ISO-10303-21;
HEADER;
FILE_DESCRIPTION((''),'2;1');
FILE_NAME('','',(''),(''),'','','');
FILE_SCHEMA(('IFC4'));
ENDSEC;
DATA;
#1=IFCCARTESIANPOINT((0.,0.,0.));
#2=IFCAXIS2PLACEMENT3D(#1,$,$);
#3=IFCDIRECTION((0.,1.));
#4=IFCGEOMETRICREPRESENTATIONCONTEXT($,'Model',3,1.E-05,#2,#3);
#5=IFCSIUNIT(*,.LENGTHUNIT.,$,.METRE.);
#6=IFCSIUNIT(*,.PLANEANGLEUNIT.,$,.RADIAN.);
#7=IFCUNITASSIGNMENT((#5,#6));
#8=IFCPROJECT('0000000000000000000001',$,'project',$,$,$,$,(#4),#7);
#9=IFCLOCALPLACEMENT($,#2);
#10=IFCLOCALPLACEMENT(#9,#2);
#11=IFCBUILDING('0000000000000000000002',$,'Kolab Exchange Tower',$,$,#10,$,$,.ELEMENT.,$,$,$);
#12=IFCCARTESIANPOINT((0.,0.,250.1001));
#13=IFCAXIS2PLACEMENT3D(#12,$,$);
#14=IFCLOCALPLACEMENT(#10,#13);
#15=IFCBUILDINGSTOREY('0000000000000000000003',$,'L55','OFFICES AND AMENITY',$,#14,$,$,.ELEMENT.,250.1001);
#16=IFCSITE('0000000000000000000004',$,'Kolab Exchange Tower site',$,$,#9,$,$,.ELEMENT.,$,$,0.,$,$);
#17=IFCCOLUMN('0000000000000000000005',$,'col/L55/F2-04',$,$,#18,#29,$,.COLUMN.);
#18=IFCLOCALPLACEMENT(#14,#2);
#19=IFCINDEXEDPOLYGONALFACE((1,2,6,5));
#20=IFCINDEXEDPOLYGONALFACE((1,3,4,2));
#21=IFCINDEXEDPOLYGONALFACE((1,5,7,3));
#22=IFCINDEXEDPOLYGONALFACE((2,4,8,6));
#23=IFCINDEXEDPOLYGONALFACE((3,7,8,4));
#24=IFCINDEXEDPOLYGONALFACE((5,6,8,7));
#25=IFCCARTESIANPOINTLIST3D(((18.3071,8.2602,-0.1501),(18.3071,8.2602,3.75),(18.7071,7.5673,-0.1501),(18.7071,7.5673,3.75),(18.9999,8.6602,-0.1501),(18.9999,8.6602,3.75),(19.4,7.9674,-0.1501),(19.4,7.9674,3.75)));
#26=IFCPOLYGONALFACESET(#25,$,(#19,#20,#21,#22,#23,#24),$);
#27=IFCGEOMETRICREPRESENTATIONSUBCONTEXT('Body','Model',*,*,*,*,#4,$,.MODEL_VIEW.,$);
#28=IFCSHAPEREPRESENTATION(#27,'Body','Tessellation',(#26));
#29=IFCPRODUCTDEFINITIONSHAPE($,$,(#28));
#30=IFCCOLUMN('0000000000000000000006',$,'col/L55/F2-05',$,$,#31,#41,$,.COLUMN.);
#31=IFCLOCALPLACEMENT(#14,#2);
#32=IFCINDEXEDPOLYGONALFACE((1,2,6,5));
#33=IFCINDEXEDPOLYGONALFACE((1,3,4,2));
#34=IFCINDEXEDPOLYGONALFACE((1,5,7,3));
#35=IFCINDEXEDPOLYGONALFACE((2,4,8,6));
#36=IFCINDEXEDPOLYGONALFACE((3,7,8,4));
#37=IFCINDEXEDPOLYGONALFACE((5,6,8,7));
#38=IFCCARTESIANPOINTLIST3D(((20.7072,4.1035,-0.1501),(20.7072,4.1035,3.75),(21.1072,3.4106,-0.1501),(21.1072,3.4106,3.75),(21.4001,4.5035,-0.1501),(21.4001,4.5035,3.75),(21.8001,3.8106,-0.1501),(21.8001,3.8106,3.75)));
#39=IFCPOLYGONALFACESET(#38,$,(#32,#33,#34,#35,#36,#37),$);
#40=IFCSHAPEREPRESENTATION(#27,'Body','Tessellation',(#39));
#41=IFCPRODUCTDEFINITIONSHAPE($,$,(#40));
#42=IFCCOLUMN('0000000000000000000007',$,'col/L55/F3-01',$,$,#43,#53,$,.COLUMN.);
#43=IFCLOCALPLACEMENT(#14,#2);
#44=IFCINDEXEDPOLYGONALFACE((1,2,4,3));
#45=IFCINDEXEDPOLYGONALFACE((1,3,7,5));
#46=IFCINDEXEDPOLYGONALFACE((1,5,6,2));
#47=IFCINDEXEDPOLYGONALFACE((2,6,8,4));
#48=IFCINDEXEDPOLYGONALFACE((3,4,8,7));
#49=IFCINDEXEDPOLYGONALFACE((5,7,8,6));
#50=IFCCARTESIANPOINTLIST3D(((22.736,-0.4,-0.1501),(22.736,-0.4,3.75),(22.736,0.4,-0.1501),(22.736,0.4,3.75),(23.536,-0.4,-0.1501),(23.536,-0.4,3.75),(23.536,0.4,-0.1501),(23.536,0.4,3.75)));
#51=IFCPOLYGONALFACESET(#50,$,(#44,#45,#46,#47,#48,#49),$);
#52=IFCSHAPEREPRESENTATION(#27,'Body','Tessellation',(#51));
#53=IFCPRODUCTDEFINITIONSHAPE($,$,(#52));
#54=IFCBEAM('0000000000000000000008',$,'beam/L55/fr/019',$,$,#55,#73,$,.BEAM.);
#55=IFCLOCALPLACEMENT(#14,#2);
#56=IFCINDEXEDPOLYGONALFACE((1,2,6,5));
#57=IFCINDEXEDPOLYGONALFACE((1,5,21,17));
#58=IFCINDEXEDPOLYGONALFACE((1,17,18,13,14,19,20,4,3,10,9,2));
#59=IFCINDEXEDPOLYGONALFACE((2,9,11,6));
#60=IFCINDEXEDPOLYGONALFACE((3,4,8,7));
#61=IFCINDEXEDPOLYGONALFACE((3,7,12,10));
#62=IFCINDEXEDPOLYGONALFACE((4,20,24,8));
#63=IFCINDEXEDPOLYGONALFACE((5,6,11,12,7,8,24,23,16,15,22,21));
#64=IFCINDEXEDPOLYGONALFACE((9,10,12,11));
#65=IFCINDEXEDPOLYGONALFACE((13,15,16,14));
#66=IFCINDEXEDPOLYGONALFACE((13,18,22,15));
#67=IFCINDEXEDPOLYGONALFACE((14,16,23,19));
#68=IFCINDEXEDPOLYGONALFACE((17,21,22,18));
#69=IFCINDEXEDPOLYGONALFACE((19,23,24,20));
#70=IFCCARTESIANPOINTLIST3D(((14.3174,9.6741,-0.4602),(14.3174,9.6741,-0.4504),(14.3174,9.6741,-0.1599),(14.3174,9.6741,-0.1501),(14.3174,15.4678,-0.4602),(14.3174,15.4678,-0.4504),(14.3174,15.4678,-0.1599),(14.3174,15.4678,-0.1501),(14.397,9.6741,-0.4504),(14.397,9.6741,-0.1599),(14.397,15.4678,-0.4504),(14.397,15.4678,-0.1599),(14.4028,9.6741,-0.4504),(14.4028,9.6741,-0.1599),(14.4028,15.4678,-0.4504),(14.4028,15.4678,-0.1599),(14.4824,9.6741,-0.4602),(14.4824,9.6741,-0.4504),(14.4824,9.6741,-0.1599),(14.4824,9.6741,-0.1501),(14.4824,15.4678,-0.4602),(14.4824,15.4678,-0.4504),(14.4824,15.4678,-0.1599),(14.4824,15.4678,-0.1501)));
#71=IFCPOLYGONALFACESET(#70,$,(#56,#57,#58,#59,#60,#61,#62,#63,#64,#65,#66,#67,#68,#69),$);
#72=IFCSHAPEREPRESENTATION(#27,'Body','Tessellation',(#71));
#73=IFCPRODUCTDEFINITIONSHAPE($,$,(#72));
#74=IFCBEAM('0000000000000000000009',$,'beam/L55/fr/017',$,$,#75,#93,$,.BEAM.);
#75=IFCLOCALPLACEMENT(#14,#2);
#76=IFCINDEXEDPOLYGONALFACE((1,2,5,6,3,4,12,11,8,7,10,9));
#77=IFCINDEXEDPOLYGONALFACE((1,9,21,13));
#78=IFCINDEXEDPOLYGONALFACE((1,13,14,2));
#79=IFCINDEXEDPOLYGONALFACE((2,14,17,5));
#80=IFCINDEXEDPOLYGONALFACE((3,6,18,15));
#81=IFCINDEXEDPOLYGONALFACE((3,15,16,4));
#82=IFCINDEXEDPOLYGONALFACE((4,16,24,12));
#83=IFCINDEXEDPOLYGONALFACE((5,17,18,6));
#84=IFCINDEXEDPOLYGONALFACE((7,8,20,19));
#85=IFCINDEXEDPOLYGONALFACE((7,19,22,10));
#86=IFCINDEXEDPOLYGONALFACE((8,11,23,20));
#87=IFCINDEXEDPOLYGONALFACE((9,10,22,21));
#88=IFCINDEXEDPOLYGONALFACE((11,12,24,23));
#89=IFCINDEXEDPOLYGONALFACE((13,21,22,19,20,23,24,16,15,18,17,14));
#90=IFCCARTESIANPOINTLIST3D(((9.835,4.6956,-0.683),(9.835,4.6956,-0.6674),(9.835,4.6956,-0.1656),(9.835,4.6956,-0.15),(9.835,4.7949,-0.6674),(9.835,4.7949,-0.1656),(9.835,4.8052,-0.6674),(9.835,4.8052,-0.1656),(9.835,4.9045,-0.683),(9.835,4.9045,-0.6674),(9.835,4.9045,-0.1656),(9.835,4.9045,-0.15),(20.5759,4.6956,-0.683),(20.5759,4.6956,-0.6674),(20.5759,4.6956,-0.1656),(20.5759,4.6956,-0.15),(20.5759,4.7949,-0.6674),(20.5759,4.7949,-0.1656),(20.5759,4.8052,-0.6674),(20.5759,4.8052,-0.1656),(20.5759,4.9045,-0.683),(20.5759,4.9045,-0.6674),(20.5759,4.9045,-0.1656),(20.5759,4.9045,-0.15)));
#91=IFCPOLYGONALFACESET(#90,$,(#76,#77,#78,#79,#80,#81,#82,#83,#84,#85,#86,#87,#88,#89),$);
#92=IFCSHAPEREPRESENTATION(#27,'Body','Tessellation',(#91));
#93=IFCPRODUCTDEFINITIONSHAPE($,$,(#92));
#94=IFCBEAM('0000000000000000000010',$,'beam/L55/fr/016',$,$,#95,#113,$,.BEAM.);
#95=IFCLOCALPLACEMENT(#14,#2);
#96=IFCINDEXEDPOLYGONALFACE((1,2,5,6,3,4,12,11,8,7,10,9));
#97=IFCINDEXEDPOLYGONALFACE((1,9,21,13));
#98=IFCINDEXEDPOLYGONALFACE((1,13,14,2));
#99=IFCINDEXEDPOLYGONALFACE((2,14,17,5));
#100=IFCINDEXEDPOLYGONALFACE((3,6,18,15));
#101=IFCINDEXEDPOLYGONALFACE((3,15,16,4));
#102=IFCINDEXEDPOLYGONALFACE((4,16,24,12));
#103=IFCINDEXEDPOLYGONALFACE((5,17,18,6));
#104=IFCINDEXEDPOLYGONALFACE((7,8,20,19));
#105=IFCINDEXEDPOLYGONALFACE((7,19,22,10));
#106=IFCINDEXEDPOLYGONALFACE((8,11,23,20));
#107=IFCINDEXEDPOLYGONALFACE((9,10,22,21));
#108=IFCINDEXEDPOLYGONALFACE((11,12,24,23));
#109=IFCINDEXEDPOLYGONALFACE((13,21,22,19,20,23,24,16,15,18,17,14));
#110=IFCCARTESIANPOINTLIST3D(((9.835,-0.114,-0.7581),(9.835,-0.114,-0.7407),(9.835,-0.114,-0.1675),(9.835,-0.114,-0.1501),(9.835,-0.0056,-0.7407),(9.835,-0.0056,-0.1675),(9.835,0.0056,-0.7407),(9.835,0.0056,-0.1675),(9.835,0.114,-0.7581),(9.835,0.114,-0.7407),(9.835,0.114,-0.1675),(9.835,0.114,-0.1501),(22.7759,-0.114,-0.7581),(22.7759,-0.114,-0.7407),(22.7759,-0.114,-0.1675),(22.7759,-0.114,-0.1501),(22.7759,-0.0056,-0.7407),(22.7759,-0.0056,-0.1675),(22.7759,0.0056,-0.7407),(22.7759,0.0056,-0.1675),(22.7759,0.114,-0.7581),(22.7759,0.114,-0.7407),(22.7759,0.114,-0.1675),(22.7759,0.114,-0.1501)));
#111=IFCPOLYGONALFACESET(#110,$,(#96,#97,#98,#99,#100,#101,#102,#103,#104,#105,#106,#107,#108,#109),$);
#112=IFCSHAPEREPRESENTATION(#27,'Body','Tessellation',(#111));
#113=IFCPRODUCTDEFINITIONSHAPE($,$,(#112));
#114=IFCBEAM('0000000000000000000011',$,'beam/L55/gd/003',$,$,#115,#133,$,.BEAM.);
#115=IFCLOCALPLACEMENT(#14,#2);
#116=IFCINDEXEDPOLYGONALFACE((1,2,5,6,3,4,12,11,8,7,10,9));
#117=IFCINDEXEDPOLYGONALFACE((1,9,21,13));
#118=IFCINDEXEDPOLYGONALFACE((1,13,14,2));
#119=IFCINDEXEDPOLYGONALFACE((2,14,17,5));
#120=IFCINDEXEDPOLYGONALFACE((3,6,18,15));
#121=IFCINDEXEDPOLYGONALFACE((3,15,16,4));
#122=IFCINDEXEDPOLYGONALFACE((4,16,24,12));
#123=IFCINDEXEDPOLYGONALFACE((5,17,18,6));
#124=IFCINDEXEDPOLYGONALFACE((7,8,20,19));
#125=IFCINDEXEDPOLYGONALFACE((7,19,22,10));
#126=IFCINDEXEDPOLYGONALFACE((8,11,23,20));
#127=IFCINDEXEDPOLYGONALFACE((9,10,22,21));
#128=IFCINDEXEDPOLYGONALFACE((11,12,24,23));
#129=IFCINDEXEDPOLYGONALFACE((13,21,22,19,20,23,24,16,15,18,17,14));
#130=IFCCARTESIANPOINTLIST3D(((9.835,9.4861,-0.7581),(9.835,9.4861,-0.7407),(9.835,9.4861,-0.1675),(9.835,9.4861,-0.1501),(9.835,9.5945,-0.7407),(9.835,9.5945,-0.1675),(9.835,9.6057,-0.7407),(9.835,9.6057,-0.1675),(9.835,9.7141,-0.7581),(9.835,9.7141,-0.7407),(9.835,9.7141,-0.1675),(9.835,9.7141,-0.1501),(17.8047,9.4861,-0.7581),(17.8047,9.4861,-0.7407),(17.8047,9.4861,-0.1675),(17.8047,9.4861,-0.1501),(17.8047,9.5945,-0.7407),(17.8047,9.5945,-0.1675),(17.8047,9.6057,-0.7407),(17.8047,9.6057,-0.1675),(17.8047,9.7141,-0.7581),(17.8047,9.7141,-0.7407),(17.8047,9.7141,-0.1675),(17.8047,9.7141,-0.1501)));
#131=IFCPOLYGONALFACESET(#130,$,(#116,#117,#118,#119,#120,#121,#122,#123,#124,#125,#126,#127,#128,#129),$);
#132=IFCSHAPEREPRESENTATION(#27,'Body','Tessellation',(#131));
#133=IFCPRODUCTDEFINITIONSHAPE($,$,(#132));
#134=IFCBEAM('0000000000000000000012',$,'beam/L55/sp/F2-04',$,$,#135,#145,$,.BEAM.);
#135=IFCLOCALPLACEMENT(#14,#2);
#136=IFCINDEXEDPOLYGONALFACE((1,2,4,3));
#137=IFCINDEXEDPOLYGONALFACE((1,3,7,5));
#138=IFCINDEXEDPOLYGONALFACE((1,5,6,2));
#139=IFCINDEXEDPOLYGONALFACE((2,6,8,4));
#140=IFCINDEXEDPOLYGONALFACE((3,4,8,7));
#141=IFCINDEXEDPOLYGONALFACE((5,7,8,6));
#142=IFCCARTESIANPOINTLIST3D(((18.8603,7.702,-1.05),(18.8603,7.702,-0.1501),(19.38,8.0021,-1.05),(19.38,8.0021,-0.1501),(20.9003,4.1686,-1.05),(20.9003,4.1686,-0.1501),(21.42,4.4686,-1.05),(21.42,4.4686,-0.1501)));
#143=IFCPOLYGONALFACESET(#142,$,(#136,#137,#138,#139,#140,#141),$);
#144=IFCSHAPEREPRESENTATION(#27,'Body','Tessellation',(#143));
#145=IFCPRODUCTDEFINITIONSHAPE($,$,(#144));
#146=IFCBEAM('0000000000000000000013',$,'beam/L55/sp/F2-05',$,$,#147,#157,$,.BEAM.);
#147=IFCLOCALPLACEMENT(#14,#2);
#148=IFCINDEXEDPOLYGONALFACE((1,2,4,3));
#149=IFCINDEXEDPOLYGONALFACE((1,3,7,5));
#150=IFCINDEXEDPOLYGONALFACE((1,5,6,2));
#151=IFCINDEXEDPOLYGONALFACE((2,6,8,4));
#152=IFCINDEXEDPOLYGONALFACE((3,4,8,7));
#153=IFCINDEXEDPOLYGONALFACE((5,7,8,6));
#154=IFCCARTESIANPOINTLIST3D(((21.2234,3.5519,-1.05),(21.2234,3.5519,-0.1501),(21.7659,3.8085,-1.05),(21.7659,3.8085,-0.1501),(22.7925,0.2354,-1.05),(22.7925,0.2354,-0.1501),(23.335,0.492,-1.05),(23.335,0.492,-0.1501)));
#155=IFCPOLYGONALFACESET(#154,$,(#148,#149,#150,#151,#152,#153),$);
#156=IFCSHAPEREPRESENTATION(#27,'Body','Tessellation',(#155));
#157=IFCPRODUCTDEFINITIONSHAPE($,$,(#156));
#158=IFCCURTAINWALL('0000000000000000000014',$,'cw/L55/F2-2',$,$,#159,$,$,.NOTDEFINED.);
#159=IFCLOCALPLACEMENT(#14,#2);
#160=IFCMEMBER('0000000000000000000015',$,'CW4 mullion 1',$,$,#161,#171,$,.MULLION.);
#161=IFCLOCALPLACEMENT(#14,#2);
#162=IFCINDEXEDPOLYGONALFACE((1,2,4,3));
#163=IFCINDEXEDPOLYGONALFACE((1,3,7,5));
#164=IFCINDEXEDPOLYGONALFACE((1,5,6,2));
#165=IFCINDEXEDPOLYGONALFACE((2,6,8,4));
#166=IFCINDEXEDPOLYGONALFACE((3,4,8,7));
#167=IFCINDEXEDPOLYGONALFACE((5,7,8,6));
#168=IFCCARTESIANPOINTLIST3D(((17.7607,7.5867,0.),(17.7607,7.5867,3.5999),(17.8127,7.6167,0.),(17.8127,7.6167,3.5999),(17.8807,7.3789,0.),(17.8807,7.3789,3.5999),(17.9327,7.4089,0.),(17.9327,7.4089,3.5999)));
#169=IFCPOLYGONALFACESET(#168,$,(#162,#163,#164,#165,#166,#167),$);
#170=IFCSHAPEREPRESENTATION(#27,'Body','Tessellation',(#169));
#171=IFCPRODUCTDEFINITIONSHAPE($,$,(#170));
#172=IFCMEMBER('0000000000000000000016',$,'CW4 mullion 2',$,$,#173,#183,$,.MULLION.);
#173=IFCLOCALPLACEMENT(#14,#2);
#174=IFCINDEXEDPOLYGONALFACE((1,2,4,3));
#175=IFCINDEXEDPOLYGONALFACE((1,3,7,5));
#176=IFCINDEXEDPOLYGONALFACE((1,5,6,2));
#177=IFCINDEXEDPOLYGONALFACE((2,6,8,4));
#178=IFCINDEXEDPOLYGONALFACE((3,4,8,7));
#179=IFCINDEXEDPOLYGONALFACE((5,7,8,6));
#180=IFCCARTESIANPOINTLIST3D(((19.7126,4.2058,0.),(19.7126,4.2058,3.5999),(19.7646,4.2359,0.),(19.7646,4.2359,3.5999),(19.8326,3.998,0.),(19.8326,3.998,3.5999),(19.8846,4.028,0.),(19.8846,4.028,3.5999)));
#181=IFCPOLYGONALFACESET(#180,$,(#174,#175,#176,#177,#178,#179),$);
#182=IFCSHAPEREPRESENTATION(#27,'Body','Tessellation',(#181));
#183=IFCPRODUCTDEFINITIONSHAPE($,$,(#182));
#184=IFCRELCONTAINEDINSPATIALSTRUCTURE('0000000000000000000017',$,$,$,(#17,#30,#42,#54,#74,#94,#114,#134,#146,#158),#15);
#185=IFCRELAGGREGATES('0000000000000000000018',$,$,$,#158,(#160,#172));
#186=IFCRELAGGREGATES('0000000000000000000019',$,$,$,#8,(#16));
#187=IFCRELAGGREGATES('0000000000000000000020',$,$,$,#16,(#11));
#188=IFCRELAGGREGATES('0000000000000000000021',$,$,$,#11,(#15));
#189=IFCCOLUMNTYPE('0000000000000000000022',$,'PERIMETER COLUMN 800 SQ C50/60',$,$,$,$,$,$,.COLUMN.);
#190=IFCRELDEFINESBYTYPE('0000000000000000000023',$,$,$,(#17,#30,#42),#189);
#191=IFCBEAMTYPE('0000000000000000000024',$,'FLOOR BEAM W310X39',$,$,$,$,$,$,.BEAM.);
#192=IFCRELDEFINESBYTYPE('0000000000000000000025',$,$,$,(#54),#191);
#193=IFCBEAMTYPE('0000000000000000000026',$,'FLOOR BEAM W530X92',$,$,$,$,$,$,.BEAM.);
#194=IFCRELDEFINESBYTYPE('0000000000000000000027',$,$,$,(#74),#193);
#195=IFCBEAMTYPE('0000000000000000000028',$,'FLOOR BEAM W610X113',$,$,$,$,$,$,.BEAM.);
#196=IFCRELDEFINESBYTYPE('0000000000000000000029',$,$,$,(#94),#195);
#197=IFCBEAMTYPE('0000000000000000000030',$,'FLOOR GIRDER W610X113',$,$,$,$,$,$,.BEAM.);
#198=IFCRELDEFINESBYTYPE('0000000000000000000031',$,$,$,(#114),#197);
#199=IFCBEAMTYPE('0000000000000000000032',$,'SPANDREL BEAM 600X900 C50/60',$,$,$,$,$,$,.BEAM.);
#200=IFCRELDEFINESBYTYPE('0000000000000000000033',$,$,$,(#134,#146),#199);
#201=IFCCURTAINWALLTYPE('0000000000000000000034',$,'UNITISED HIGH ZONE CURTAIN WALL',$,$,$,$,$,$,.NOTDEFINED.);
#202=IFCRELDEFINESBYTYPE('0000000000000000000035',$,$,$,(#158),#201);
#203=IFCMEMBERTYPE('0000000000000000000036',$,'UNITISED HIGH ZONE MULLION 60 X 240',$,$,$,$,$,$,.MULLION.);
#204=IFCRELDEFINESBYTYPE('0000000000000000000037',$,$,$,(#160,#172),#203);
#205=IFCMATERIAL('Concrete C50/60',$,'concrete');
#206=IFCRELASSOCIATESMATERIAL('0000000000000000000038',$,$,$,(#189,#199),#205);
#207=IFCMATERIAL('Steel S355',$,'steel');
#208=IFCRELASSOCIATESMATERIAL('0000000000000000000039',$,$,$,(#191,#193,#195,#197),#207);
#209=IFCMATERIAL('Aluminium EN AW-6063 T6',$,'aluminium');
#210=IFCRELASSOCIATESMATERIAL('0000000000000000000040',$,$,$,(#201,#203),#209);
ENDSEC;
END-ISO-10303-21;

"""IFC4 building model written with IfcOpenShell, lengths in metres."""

from ifc_helpers import new_model, si_unit, direction, frame, origin, origin_2d, place, context, subcontext, project, spatial, rectangle, i_section, extrude, material, material_profile, profile_set, type_object, element, aggregate, save


model = new_model("IFC4")

# Units and contexts
model_context = context("Model", 3, precision=1e-05, world=origin(), true_north=direction((0.0, 1.0)))
body_context = subcontext(model_context, "Body", "Model", "MODEL_VIEW")
ifc_project = project(units=[si_unit("LENGTHUNIT", "METRE"), si_unit("PLANEANGLEUNIT", "RADIAN")], contexts=[model_context])

# Site, building, storey
site_placement = place(None, origin())
site = spatial("IfcSite", under=ifc_project, at=site_placement, Name="Kolab Exchange Tower site", CompositionType="ELEMENT", RefElevation=0.0)
building_placement = place(site_placement, origin())
building = spatial("IfcBuilding", under=site, at=building_placement, Name="Kolab Exchange Tower", CompositionType="ELEMENT")
storey_placement = place(building_placement, frame((0.0, 0.0, 250.1001)))
storey = spatial("IfcBuildingStorey", under=building, at=storey_placement, Name="L55", Description="OFFICES AND AMENITY", CompositionType="ELEMENT", Elevation=250.1001)

# Columns
ifc_material_1 = material(Name="Concrete C50/60", Category="concrete")
ifc_material_profile_1 = material_profile(ifc_material_1, rectangle(XDim=0.8, YDim=0.8, at=origin_2d()), Name="RC800")
ifc_profile_set_1 = profile_set([ifc_material_profile_1], Name="Concrete C50/60")
column_type = type_object("IfcColumnType", Name="PERIMETER COLUMN 800 SQ C50/60", PredefinedType="COLUMN", material=ifc_profile_set_1)
for number, where, z_axis, x_axis, name in (
    (1, (18.8535, 8.1138, -0.1501), (0.0, 0.0, 1.0), (0.866025, 0.5, 0.0), "col/L55/F2-04"),
    (2, (21.2537, 3.957, -0.1501), (0.0, 0.0, 1.0), (0.866025, 0.5, 0.0), "col/L55/F2-05"),
    (3, (23.136, 0.0, -0.1501), (0.0, 0.0, 1.0), (1.0, 0.0, 0.0), "col/L55/F3-01"),
):
    element("IfcColumn", number, at=place(storey_placement, frame(where, z_axis=z_axis, x_axis=x_axis)), inside=storey, type_object=column_type, Name=name, PredefinedType="COLUMN", context=body_context, shape_type="SweptSolid", body=[
        extrude(rectangle(XDim=0.8, YDim=0.8, at=origin_2d()), origin(), (0.0, 0.0, 1.0), 3.9001),
    ])

# Beams
ifc_material_2 = material(Name="Steel S355", Category="steel")
ifc_material_profile_2 = material_profile(ifc_material_2, i_section(OverallWidth=0.165, OverallDepth=0.3101, WebThickness=0.0059, FlangeThickness=0.0098, at=origin_2d()), Name="W310X39")
ifc_profile_set_2 = profile_set([ifc_material_profile_2], Name="Steel S355")
beam_type_1 = type_object("IfcBeamType", Name="FLOOR BEAM W310X39", PredefinedType="BEAM", material=ifc_profile_set_2)
beam_1_placement = place(storey_placement, frame((14.3999, 9.6741, -0.3052), z_axis=(0.0, 1.0, 0.0), x_axis=(-1.0, 0.0, 0.0)))
element("IfcBeam", 4, at=beam_1_placement, inside=storey, type_object=beam_type_1, Name="beam/L55/fr/019", PredefinedType="BEAM", context=body_context, shape_type="SweptSolid", body=[
    extrude(i_section(OverallWidth=0.165, OverallDepth=0.3101, WebThickness=0.0059, FlangeThickness=0.0098, at=origin_2d()), origin(), (0.0, 0.0, 1.0), 5.7937),
])
ifc_material_profile_3 = material_profile(ifc_material_2, i_section(OverallWidth=0.209, OverallDepth=0.533, WebThickness=0.0103, FlangeThickness=0.0156, at=origin_2d()), Name="W530X92")
ifc_profile_set_3 = profile_set([ifc_material_profile_3], Name="Steel S355")
beam_type_2 = type_object("IfcBeamType", Name="FLOOR BEAM W530X92", PredefinedType="BEAM", material=ifc_profile_set_3)
beam_2_placement = place(storey_placement, frame((9.835, 4.8, -0.4165), z_axis=(1.0, 0.0, 0.0), x_axis=(0.0, 1.0, 0.0)))
element("IfcBeam", 5, at=beam_2_placement, inside=storey, type_object=beam_type_2, Name="beam/L55/fr/017", PredefinedType="BEAM", context=body_context, shape_type="SweptSolid", body=[
    extrude(i_section(OverallWidth=0.209, OverallDepth=0.533, WebThickness=0.0103, FlangeThickness=0.0156, at=origin_2d()), origin(), (0.0, 0.0, 1.0), 10.741),
])
ifc_material_profile_4 = material_profile(ifc_material_2, i_section(OverallWidth=0.228, OverallDepth=0.6079, WebThickness=0.0112, FlangeThickness=0.0173, at=origin_2d()), Name="W610X113")
ifc_profile_set_4 = profile_set([ifc_material_profile_4], Name="Steel S355")
beam_type_3 = type_object("IfcBeamType", Name="FLOOR BEAM W610X113", PredefinedType="BEAM", material=ifc_profile_set_4)
beam_3_placement = place(storey_placement, frame((9.835, 0.0, -0.4541), z_axis=(1.0, 0.0, 0.0), x_axis=(0.0, 1.0, 0.0)))
element("IfcBeam", 6, at=beam_3_placement, inside=storey, type_object=beam_type_3, Name="beam/L55/fr/016", PredefinedType="BEAM", context=body_context, shape_type="SweptSolid", body=[
    extrude(i_section(OverallWidth=0.228, OverallDepth=0.6079, WebThickness=0.0112, FlangeThickness=0.0173, at=origin_2d()), origin(), (0.0, 0.0, 1.0), 12.9409),
])
ifc_material_profile_5 = material_profile(ifc_material_2, i_section(OverallWidth=0.228, OverallDepth=0.6079, WebThickness=0.0112, FlangeThickness=0.0173, at=origin_2d()), Name="W610X113")
ifc_profile_set_5 = profile_set([ifc_material_profile_5], Name="Steel S355")
beam_type_4 = type_object("IfcBeamType", Name="FLOOR GIRDER W610X113", PredefinedType="BEAM", material=ifc_profile_set_5)
beam_4_placement = place(storey_placement, frame((9.835, 9.6001, -0.4541), z_axis=(1.0, 0.0, 0.0), x_axis=(0.0, 1.0, 0.0)))
element("IfcBeam", 7, at=beam_4_placement, inside=storey, type_object=beam_type_4, Name="beam/L55/gd/003", PredefinedType="BEAM", context=body_context, shape_type="SweptSolid", body=[
    extrude(i_section(OverallWidth=0.228, OverallDepth=0.6079, WebThickness=0.0112, FlangeThickness=0.0173, at=origin_2d()), origin(), (0.0, 0.0, 1.0), 7.9697),
])
ifc_material_profile_6 = material_profile(ifc_material_1, rectangle(XDim=0.6001, YDim=0.8999, at=origin_2d()), Name="RC600X900")
ifc_profile_set_6 = profile_set([ifc_material_profile_6], Name="Concrete C50/60")
beam_type_5 = type_object("IfcBeamType", Name="SPANDREL BEAM 600X900 C50/60", PredefinedType="BEAM", material=ifc_profile_set_6)
beam_5_placement = place(storey_placement, frame((19.1201, 7.8521, -0.6001), z_axis=(0.5, -0.866025, 0.0), x_axis=(0.866025, 0.5, 0.0)))
element("IfcBeam", 8, at=beam_5_placement, inside=storey, type_object=beam_type_5, Name="beam/L55/sp/F2-04", PredefinedType="BEAM", context=body_context, shape_type="SweptSolid", body=[
    extrude(rectangle(XDim=0.6001, YDim=0.8999, at=origin_2d()), origin(), (0.0, 0.0, 1.0), 4.0801),
])
beam_6_placement = place(storey_placement, frame((21.4946, 3.6802, -0.6001), z_axis=(0.427677, -0.903932, 0.0), x_axis=(0.903932, 0.427677, 0.0)))
element("IfcBeam", 9, at=beam_6_placement, inside=storey, type_object=beam_type_5, Name="beam/L55/sp/F2-05", PredefinedType="BEAM", context=body_context, shape_type="SweptSolid", body=[
    extrude(rectangle(XDim=0.6001, YDim=0.8999, at=origin_2d()), origin(), (0.0, 0.0, 1.0), 3.6689),
])

# Curtain wall, members
ifc_material_3 = material(Name="Aluminium EN AW-6063 T6", Category="aluminium")
curtain_wall_type = type_object("IfcCurtainWallType", Name="UNITISED HIGH ZONE CURTAIN WALL", PredefinedType="NOTDEFINED", material=ifc_material_3)
curtain_wall_1_placement = place(storey_placement, origin())
curtain_wall_1 = element("IfcCurtainWall", 10, at=curtain_wall_1_placement, inside=storey, type_object=curtain_wall_type, Name="cw/L55/F2-2", PredefinedType="NOTDEFINED")
ifc_material_profile_7 = material_profile(ifc_material_3, rectangle(XDim=0.0601, YDim=0.24, at=origin_2d()), Name="RECT 60X240")
ifc_profile_set_7 = profile_set([ifc_material_profile_7], Name="Aluminium EN AW-6063 T6")
member_type_1 = type_object("IfcMemberType", Name="UNITISED HIGH ZONE MULLION 60 X 240", PredefinedType="MULLION", material=ifc_profile_set_7)
member_1_placement = place(storey_placement, frame((17.8467, 7.4978, 0.0), z_axis=(0.0, 0.0, 1.0), x_axis=(0.866025, 0.5, 0.0)))
member_1 = element("IfcMember", 11, at=member_1_placement, type_object=member_type_1, Name="CW4 mullion 1", PredefinedType="MULLION", context=body_context, shape_type="SweptSolid", body=[
    extrude(rectangle(XDim=0.0601, YDim=0.24, at=origin_2d()), origin(), (0.0, 0.0, 1.0), 3.5999),
])
member_2_placement = place(storey_placement, frame((19.7986, 4.1169, 0.0), z_axis=(0.0, 0.0, 1.0), x_axis=(0.866025, 0.5, 0.0)))
member_2 = element("IfcMember", 12, at=member_2_placement, type_object=member_type_1, Name="CW4 mullion 2", PredefinedType="MULLION", context=body_context, shape_type="SweptSolid", body=[
    extrude(rectangle(XDim=0.0601, YDim=0.24, at=origin_2d()), origin(), (0.0, 0.0, 1.0), 3.5999),
])

aggregate(curtain_wall_1, [member_1, member_2])

save(model, "model.ifc")
